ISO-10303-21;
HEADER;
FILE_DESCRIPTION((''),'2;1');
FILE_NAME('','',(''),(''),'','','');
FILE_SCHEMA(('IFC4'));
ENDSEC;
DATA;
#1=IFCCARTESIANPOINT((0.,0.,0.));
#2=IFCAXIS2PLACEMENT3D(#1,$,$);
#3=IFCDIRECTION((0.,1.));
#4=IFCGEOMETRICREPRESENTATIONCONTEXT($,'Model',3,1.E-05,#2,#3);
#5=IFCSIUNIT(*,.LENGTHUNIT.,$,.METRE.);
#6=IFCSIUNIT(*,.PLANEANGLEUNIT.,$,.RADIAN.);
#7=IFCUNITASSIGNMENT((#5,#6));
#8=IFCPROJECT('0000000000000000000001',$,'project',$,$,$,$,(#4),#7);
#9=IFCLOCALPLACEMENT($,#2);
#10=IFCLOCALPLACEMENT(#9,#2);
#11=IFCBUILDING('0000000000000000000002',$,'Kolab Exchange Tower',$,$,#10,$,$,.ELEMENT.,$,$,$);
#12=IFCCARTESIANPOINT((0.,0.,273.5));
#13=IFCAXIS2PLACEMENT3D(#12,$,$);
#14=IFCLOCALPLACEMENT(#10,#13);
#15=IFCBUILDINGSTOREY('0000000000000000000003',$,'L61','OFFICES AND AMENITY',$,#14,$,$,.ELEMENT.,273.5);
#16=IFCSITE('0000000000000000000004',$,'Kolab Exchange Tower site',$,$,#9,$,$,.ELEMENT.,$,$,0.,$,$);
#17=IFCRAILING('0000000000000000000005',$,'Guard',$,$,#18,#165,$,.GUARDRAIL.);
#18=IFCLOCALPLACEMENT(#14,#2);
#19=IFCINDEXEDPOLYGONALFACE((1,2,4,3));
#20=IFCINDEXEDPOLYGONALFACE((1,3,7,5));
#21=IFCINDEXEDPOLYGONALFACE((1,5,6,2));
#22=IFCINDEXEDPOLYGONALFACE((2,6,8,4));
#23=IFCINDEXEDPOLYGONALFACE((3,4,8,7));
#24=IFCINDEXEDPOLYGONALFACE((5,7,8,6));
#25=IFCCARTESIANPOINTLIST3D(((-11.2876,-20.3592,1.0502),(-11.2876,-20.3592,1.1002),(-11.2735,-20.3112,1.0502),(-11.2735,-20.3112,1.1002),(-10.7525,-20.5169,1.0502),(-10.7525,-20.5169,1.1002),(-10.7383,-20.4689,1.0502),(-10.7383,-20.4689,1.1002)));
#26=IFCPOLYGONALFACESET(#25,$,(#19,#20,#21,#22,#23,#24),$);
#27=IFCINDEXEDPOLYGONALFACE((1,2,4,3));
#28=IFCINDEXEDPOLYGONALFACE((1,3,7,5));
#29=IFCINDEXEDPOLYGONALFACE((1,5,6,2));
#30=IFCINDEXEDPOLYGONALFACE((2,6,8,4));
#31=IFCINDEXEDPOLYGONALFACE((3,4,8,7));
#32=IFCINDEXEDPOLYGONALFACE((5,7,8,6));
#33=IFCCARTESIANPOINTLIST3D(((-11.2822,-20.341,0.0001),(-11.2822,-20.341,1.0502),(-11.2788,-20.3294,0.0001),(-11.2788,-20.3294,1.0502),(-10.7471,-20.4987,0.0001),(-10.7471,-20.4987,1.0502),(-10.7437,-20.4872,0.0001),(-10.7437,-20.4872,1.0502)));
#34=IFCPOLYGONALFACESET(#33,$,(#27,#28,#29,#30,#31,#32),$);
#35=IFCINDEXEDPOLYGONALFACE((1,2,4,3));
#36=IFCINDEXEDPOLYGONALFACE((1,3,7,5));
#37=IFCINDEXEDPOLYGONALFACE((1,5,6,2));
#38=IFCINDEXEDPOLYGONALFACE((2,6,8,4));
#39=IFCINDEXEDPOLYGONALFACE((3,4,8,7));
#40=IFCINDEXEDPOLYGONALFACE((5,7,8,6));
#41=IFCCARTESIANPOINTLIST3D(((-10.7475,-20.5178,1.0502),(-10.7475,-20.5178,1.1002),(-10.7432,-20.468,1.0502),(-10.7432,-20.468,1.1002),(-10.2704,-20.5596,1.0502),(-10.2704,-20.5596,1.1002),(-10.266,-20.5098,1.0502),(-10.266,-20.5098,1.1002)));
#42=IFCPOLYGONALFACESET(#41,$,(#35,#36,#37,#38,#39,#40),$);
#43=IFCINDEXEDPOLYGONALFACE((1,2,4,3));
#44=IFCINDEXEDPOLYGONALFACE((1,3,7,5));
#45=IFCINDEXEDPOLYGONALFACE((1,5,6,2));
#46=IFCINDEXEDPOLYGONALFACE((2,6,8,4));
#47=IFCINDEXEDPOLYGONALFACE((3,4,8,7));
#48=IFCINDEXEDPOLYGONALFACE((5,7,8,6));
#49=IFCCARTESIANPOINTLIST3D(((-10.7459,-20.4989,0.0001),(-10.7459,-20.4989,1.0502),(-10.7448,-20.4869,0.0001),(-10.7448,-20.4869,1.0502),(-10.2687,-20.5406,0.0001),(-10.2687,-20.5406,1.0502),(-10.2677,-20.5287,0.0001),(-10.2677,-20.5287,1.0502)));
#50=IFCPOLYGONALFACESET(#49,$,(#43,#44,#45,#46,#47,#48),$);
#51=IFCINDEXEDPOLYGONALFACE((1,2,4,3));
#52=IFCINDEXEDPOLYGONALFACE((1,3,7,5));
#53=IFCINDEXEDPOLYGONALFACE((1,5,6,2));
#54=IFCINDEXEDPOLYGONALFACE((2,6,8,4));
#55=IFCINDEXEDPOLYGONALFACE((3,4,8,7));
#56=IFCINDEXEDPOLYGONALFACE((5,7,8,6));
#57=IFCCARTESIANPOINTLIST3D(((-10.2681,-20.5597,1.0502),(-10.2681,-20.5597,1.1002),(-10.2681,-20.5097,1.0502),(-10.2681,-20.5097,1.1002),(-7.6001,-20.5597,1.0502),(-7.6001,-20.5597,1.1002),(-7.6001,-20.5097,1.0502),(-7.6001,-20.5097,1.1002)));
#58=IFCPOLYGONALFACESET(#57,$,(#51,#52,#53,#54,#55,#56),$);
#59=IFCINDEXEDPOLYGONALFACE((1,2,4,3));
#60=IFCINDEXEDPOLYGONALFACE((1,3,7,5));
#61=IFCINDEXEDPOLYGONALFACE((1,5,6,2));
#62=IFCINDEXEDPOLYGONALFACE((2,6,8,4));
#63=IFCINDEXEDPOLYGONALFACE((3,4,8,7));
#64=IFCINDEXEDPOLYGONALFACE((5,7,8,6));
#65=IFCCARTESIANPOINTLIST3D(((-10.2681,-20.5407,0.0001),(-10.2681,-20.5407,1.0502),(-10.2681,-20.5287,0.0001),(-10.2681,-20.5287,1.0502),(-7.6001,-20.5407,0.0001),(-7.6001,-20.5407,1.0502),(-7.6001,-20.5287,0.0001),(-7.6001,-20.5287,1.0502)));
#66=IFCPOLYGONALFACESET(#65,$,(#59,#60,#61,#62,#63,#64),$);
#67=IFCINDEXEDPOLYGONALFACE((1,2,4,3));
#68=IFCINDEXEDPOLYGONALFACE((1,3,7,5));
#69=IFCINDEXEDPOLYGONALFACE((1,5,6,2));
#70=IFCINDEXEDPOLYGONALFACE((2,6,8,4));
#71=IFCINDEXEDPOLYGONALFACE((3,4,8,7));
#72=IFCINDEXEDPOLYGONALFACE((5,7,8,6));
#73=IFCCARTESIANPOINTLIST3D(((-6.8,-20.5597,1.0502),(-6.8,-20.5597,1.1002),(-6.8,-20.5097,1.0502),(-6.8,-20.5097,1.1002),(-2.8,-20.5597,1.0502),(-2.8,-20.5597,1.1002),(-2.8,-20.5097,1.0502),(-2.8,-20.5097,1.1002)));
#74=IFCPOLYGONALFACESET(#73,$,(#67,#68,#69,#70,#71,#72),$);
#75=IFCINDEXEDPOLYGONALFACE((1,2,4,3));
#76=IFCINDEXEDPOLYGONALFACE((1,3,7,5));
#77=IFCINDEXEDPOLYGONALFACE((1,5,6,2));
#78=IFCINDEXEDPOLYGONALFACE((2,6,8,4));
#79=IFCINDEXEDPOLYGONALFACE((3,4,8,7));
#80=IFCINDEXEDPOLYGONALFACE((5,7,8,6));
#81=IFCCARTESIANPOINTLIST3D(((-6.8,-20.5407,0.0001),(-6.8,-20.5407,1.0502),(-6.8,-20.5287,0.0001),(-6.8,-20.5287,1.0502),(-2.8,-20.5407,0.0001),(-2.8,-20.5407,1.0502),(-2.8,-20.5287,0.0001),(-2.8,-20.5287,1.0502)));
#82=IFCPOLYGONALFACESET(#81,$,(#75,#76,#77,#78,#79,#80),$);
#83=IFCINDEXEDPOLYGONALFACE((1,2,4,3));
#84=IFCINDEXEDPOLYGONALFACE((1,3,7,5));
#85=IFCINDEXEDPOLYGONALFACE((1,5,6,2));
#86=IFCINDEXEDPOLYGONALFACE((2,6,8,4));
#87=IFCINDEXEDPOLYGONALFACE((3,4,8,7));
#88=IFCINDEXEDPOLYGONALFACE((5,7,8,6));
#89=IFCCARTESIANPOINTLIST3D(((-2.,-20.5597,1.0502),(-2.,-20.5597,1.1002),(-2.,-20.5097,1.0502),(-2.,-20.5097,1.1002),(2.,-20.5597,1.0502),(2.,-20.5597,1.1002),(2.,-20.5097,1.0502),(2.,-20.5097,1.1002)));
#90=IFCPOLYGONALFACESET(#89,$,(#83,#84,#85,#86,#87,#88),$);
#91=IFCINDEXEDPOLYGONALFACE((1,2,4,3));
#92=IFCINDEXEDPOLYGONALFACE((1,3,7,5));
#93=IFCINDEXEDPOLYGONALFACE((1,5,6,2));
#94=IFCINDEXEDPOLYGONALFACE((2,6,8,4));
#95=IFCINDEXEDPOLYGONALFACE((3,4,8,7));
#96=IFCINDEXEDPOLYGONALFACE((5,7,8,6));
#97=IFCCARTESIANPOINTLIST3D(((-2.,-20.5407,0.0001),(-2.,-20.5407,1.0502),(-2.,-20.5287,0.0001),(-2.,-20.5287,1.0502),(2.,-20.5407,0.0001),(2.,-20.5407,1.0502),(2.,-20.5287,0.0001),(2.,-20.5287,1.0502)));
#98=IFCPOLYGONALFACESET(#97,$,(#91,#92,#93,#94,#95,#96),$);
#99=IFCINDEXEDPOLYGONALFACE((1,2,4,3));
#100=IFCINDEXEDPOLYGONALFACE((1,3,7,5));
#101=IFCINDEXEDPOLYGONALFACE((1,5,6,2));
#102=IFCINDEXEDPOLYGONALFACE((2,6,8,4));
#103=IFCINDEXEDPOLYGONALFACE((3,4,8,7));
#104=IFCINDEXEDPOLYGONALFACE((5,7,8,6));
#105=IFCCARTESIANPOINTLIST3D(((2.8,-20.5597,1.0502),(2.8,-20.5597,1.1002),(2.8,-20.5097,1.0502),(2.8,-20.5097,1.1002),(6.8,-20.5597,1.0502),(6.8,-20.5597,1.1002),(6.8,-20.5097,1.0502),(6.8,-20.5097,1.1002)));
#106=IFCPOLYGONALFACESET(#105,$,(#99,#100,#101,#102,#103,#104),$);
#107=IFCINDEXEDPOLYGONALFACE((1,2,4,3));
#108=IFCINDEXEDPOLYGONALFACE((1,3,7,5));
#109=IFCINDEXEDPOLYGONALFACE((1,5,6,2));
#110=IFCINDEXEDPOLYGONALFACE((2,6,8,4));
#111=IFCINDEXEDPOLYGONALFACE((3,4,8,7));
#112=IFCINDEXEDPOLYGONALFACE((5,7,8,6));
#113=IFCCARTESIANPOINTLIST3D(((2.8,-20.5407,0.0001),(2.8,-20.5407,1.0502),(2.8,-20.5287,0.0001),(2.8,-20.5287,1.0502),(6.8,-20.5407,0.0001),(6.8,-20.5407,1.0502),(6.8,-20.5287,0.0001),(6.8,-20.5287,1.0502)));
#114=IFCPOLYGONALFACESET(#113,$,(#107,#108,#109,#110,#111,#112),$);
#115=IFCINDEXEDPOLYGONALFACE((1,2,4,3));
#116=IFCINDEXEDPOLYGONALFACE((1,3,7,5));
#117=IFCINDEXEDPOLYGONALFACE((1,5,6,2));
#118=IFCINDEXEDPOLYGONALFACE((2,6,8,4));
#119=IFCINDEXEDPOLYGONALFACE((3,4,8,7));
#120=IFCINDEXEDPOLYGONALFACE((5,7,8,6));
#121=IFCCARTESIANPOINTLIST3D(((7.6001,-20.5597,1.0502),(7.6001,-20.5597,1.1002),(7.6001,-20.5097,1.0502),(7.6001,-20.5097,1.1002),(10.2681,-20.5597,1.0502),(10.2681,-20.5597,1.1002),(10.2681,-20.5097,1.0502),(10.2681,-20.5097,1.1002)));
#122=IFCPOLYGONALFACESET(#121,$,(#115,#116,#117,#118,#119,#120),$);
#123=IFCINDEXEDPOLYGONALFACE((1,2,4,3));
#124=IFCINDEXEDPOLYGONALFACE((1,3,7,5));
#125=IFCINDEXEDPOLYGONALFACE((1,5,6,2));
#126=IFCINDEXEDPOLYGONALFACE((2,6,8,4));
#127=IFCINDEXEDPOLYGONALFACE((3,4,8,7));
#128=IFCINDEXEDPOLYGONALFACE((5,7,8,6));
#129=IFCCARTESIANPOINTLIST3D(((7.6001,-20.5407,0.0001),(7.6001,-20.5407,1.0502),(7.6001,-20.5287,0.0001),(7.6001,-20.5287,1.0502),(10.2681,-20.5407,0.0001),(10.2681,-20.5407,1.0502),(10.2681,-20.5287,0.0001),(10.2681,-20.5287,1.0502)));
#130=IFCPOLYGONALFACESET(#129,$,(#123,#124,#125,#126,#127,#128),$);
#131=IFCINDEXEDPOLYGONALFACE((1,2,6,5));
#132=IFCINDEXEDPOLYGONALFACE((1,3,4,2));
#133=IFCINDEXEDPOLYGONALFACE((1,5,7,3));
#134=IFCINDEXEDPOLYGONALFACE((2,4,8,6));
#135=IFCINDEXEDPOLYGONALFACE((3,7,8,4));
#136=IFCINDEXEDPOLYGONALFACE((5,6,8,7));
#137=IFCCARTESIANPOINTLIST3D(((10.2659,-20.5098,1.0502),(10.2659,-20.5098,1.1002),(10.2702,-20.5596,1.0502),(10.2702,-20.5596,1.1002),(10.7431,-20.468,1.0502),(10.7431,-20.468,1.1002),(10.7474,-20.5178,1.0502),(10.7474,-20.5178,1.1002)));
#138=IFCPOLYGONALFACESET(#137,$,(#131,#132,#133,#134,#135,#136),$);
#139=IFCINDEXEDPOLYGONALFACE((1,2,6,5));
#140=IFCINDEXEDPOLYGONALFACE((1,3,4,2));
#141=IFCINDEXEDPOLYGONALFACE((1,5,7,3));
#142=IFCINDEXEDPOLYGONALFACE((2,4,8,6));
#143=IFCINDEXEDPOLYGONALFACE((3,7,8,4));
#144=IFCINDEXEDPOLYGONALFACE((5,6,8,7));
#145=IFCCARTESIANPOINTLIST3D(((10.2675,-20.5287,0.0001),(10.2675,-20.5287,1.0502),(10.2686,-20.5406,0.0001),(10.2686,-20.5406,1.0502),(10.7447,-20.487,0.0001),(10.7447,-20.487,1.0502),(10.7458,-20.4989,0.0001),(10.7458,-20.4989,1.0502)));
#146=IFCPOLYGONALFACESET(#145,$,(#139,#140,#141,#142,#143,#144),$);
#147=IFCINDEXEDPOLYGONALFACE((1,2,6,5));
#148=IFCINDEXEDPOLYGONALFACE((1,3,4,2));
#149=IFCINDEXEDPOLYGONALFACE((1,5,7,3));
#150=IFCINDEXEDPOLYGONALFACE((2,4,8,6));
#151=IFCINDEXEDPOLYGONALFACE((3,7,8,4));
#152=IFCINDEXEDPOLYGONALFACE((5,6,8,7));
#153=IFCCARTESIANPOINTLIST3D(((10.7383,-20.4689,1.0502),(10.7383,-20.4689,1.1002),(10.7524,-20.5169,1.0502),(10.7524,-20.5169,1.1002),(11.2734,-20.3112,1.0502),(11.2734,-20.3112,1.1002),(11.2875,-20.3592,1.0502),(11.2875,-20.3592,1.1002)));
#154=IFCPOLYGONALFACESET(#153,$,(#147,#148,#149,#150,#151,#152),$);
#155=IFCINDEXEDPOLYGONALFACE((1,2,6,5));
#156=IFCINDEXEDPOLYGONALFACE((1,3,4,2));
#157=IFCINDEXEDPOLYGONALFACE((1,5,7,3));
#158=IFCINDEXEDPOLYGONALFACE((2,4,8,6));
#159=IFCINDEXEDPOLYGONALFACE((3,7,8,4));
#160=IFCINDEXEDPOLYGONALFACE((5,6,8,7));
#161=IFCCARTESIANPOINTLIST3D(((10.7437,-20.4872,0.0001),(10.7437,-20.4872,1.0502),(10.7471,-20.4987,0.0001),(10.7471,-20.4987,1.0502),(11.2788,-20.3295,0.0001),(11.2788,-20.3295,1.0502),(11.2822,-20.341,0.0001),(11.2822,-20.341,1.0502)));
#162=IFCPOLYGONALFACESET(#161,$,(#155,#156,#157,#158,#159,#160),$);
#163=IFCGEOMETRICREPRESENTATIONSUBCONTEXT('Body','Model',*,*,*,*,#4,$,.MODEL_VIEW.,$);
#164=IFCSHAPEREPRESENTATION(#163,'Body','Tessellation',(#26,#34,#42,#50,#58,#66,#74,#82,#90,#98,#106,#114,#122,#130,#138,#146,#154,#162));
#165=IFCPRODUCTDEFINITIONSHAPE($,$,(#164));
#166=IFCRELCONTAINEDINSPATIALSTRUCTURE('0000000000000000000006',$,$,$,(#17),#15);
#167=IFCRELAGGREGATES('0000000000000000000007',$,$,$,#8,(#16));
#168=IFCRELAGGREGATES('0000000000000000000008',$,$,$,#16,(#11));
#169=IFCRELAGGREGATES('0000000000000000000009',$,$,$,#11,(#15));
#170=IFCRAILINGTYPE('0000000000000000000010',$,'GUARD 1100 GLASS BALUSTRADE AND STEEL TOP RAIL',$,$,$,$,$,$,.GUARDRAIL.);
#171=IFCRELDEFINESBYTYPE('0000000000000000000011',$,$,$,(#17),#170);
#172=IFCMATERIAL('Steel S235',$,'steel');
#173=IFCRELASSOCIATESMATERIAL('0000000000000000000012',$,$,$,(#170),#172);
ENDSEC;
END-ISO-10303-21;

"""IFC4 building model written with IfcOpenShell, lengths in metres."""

from ifc_helpers import new_model, si_unit, direction, frame, frame_2d, origin, origin_2d, place, context, subcontext, project, spatial, rectangle, extrude, material, type_object, element, save


model = new_model("IFC4")

# Units and contexts
model_context = context("Model", 3, precision=1e-05, world=origin(), true_north=direction((0.0, 1.0)))
body_context = subcontext(model_context, "Body", "Model", "MODEL_VIEW")
ifc_project = project(units=[si_unit("LENGTHUNIT", "METRE"), si_unit("PLANEANGLEUNIT", "RADIAN")], contexts=[model_context])

# Site, building, storey
site_placement = place(None, origin())
site = spatial("IfcSite", under=ifc_project, at=site_placement, Name="Kolab Exchange Tower site", CompositionType="ELEMENT", RefElevation=0.0)
building_placement = place(site_placement, origin())
building = spatial("IfcBuilding", under=site, at=building_placement, Name="Kolab Exchange Tower", CompositionType="ELEMENT")
storey_placement = place(building_placement, frame((0.0, 0.0, 273.5)))
storey = spatial("IfcBuildingStorey", under=building, at=storey_placement, Name="L61", Description="OFFICES AND AMENITY", CompositionType="ELEMENT", Elevation=273.5)

# Shared definitions
ifc_material_1 = material(Name="Steel S235", Category="steel")

# Railing
railing_type = type_object("IfcRailingType", Name="GUARD 1100 GLASS BALUSTRADE AND STEEL TOP RAIL", PredefinedType="GUARDRAIL", material=ifc_material_1)
railing_placement = place(storey_placement, frame((-11.2805, -20.3352, 0.0)))
element("IfcRailing", 1, at=railing_placement, inside=storey, type_object=railing_type, Name="Guard", PredefinedType="GUARDRAIL", context=body_context, shape_type="SweptSolid", body=[
    extrude(rectangle(XDim=0.05, YDim=0.05, at=origin_2d()), frame((0.0, 0.0, 1.0752), z_axis=(0.959212, -0.282687, 0.0), x_axis=(0.282687, 0.959212, 0.0)), (0.0, 0.0, 1.0), 0.5579),
    extrude(rectangle(XDim=0.012, YDim=1.0501, at=frame_2d((0.0, 0.5251))), frame((0.0, 0.0, 0.0), z_axis=(0.959212, -0.282687, 0.0), x_axis=(0.282687, 0.959212, 0.0)), (0.0, 0.0, 1.0), 0.5579),
    extrude(rectangle(XDim=0.05, YDim=0.05, at=origin_2d()), frame((0.5352, -0.1577, 1.0752), z_axis=(0.996196, -0.087135, 0.0), x_axis=(0.087135, 0.996196, 0.0)), (0.0, 0.0, 1.0), 0.479),
    extrude(rectangle(XDim=0.012, YDim=1.0501, at=frame_2d((0.0, 0.5251))), frame((0.5352, -0.1577, 0.0), z_axis=(0.996196, -0.087135, 0.0), x_axis=(0.087135, 0.996196, 0.0)), (0.0, 0.0, 1.0), 0.479),
    extrude(rectangle(XDim=0.05, YDim=0.05, at=origin_2d()), frame((1.0125, -0.1995, 1.0752), z_axis=(1.0, 0.0, 0.0), x_axis=(0.0, 1.0, 0.0)), (0.0, 0.0, 1.0), 2.668),
    extrude(rectangle(XDim=0.012, YDim=1.0501, at=frame_2d((0.0, 0.5251))), frame((1.0125, -0.1995, 0.0), z_axis=(1.0, 0.0, 0.0), x_axis=(0.0, 1.0, 0.0)), (0.0, 0.0, 1.0), 2.668),
    extrude(rectangle(XDim=0.05, YDim=0.05, at=origin_2d()), frame((4.4805, -0.1995, 1.0752), z_axis=(1.0, 0.0, 0.0), x_axis=(0.0, 1.0, 0.0)), (0.0, 0.0, 1.0), 4.0),
    extrude(rectangle(XDim=0.012, YDim=1.0501, at=frame_2d((0.0, 0.5251))), frame((4.4805, -0.1995, 0.0), z_axis=(1.0, 0.0, 0.0), x_axis=(0.0, 1.0, 0.0)), (0.0, 0.0, 1.0), 4.0),
    extrude(rectangle(XDim=0.05, YDim=0.05, at=origin_2d()), frame((9.2805, -0.1995, 1.0752), z_axis=(1.0, 0.0, 0.0), x_axis=(0.0, 1.0, 0.0)), (0.0, 0.0, 1.0), 4.0),
    extrude(rectangle(XDim=0.012, YDim=1.0501, at=frame_2d((0.0, 0.5251))), frame((9.2805, -0.1995, 0.0), z_axis=(1.0, 0.0, 0.0), x_axis=(0.0, 1.0, 0.0)), (0.0, 0.0, 1.0), 4.0),
    extrude(rectangle(XDim=0.05, YDim=0.05, at=origin_2d()), frame((14.0806, -0.1995, 1.0752), z_axis=(1.0, 0.0, 0.0), x_axis=(0.0, 1.0, 0.0)), (0.0, 0.0, 1.0), 4.0),
    extrude(rectangle(XDim=0.012, YDim=1.0501, at=frame_2d((0.0, 0.5251))), frame((14.0806, -0.1995, 0.0), z_axis=(1.0, 0.0, 0.0), x_axis=(0.0, 1.0, 0.0)), (0.0, 0.0, 1.0), 4.0),
    extrude(rectangle(XDim=0.05, YDim=0.05, at=origin_2d()), frame((18.8806, -0.1995, 1.0752), z_axis=(1.0, 0.0, 0.0), x_axis=(0.0, 1.0, 0.0)), (0.0, 0.0, 1.0), 2.668),
    extrude(rectangle(XDim=0.012, YDim=1.0501, at=frame_2d((0.0, 0.5251))), frame((18.8806, -0.1995, 0.0), z_axis=(1.0, 0.0, 0.0), x_axis=(0.0, 1.0, 0.0)), (0.0, 0.0, 1.0), 2.668),
    extrude(rectangle(XDim=0.05, YDim=0.05, at=origin_2d()), frame((21.5486, -0.1995, 1.0752), z_axis=(0.996196, 0.087135, 0.0), x_axis=(-0.087135, 0.996196, 0.0)), (0.0, 0.0, 1.0), 0.479),
    extrude(rectangle(XDim=0.012, YDim=1.0501, at=frame_2d((0.0, 0.5251))), frame((21.5486, -0.1995, 0.0), z_axis=(0.996196, 0.087135, 0.0), x_axis=(-0.087135, 0.996196, 0.0)), (0.0, 0.0, 1.0), 0.479),
    extrude(rectangle(XDim=0.05, YDim=0.05, at=origin_2d()), frame((22.0259, -0.1577, 1.0752), z_axis=(0.959212, 0.282687, 0.0), x_axis=(-0.282687, 0.959212, 0.0)), (0.0, 0.0, 1.0), 0.5579),
    extrude(rectangle(XDim=0.012, YDim=1.0501, at=frame_2d((0.0, 0.5251))), frame((22.0259, -0.1577, 0.0), z_axis=(0.959212, 0.282687, 0.0), x_axis=(-0.282687, 0.959212, 0.0)), (0.0, 0.0, 1.0), 0.5579),
])

save(model, "model.ifc")
